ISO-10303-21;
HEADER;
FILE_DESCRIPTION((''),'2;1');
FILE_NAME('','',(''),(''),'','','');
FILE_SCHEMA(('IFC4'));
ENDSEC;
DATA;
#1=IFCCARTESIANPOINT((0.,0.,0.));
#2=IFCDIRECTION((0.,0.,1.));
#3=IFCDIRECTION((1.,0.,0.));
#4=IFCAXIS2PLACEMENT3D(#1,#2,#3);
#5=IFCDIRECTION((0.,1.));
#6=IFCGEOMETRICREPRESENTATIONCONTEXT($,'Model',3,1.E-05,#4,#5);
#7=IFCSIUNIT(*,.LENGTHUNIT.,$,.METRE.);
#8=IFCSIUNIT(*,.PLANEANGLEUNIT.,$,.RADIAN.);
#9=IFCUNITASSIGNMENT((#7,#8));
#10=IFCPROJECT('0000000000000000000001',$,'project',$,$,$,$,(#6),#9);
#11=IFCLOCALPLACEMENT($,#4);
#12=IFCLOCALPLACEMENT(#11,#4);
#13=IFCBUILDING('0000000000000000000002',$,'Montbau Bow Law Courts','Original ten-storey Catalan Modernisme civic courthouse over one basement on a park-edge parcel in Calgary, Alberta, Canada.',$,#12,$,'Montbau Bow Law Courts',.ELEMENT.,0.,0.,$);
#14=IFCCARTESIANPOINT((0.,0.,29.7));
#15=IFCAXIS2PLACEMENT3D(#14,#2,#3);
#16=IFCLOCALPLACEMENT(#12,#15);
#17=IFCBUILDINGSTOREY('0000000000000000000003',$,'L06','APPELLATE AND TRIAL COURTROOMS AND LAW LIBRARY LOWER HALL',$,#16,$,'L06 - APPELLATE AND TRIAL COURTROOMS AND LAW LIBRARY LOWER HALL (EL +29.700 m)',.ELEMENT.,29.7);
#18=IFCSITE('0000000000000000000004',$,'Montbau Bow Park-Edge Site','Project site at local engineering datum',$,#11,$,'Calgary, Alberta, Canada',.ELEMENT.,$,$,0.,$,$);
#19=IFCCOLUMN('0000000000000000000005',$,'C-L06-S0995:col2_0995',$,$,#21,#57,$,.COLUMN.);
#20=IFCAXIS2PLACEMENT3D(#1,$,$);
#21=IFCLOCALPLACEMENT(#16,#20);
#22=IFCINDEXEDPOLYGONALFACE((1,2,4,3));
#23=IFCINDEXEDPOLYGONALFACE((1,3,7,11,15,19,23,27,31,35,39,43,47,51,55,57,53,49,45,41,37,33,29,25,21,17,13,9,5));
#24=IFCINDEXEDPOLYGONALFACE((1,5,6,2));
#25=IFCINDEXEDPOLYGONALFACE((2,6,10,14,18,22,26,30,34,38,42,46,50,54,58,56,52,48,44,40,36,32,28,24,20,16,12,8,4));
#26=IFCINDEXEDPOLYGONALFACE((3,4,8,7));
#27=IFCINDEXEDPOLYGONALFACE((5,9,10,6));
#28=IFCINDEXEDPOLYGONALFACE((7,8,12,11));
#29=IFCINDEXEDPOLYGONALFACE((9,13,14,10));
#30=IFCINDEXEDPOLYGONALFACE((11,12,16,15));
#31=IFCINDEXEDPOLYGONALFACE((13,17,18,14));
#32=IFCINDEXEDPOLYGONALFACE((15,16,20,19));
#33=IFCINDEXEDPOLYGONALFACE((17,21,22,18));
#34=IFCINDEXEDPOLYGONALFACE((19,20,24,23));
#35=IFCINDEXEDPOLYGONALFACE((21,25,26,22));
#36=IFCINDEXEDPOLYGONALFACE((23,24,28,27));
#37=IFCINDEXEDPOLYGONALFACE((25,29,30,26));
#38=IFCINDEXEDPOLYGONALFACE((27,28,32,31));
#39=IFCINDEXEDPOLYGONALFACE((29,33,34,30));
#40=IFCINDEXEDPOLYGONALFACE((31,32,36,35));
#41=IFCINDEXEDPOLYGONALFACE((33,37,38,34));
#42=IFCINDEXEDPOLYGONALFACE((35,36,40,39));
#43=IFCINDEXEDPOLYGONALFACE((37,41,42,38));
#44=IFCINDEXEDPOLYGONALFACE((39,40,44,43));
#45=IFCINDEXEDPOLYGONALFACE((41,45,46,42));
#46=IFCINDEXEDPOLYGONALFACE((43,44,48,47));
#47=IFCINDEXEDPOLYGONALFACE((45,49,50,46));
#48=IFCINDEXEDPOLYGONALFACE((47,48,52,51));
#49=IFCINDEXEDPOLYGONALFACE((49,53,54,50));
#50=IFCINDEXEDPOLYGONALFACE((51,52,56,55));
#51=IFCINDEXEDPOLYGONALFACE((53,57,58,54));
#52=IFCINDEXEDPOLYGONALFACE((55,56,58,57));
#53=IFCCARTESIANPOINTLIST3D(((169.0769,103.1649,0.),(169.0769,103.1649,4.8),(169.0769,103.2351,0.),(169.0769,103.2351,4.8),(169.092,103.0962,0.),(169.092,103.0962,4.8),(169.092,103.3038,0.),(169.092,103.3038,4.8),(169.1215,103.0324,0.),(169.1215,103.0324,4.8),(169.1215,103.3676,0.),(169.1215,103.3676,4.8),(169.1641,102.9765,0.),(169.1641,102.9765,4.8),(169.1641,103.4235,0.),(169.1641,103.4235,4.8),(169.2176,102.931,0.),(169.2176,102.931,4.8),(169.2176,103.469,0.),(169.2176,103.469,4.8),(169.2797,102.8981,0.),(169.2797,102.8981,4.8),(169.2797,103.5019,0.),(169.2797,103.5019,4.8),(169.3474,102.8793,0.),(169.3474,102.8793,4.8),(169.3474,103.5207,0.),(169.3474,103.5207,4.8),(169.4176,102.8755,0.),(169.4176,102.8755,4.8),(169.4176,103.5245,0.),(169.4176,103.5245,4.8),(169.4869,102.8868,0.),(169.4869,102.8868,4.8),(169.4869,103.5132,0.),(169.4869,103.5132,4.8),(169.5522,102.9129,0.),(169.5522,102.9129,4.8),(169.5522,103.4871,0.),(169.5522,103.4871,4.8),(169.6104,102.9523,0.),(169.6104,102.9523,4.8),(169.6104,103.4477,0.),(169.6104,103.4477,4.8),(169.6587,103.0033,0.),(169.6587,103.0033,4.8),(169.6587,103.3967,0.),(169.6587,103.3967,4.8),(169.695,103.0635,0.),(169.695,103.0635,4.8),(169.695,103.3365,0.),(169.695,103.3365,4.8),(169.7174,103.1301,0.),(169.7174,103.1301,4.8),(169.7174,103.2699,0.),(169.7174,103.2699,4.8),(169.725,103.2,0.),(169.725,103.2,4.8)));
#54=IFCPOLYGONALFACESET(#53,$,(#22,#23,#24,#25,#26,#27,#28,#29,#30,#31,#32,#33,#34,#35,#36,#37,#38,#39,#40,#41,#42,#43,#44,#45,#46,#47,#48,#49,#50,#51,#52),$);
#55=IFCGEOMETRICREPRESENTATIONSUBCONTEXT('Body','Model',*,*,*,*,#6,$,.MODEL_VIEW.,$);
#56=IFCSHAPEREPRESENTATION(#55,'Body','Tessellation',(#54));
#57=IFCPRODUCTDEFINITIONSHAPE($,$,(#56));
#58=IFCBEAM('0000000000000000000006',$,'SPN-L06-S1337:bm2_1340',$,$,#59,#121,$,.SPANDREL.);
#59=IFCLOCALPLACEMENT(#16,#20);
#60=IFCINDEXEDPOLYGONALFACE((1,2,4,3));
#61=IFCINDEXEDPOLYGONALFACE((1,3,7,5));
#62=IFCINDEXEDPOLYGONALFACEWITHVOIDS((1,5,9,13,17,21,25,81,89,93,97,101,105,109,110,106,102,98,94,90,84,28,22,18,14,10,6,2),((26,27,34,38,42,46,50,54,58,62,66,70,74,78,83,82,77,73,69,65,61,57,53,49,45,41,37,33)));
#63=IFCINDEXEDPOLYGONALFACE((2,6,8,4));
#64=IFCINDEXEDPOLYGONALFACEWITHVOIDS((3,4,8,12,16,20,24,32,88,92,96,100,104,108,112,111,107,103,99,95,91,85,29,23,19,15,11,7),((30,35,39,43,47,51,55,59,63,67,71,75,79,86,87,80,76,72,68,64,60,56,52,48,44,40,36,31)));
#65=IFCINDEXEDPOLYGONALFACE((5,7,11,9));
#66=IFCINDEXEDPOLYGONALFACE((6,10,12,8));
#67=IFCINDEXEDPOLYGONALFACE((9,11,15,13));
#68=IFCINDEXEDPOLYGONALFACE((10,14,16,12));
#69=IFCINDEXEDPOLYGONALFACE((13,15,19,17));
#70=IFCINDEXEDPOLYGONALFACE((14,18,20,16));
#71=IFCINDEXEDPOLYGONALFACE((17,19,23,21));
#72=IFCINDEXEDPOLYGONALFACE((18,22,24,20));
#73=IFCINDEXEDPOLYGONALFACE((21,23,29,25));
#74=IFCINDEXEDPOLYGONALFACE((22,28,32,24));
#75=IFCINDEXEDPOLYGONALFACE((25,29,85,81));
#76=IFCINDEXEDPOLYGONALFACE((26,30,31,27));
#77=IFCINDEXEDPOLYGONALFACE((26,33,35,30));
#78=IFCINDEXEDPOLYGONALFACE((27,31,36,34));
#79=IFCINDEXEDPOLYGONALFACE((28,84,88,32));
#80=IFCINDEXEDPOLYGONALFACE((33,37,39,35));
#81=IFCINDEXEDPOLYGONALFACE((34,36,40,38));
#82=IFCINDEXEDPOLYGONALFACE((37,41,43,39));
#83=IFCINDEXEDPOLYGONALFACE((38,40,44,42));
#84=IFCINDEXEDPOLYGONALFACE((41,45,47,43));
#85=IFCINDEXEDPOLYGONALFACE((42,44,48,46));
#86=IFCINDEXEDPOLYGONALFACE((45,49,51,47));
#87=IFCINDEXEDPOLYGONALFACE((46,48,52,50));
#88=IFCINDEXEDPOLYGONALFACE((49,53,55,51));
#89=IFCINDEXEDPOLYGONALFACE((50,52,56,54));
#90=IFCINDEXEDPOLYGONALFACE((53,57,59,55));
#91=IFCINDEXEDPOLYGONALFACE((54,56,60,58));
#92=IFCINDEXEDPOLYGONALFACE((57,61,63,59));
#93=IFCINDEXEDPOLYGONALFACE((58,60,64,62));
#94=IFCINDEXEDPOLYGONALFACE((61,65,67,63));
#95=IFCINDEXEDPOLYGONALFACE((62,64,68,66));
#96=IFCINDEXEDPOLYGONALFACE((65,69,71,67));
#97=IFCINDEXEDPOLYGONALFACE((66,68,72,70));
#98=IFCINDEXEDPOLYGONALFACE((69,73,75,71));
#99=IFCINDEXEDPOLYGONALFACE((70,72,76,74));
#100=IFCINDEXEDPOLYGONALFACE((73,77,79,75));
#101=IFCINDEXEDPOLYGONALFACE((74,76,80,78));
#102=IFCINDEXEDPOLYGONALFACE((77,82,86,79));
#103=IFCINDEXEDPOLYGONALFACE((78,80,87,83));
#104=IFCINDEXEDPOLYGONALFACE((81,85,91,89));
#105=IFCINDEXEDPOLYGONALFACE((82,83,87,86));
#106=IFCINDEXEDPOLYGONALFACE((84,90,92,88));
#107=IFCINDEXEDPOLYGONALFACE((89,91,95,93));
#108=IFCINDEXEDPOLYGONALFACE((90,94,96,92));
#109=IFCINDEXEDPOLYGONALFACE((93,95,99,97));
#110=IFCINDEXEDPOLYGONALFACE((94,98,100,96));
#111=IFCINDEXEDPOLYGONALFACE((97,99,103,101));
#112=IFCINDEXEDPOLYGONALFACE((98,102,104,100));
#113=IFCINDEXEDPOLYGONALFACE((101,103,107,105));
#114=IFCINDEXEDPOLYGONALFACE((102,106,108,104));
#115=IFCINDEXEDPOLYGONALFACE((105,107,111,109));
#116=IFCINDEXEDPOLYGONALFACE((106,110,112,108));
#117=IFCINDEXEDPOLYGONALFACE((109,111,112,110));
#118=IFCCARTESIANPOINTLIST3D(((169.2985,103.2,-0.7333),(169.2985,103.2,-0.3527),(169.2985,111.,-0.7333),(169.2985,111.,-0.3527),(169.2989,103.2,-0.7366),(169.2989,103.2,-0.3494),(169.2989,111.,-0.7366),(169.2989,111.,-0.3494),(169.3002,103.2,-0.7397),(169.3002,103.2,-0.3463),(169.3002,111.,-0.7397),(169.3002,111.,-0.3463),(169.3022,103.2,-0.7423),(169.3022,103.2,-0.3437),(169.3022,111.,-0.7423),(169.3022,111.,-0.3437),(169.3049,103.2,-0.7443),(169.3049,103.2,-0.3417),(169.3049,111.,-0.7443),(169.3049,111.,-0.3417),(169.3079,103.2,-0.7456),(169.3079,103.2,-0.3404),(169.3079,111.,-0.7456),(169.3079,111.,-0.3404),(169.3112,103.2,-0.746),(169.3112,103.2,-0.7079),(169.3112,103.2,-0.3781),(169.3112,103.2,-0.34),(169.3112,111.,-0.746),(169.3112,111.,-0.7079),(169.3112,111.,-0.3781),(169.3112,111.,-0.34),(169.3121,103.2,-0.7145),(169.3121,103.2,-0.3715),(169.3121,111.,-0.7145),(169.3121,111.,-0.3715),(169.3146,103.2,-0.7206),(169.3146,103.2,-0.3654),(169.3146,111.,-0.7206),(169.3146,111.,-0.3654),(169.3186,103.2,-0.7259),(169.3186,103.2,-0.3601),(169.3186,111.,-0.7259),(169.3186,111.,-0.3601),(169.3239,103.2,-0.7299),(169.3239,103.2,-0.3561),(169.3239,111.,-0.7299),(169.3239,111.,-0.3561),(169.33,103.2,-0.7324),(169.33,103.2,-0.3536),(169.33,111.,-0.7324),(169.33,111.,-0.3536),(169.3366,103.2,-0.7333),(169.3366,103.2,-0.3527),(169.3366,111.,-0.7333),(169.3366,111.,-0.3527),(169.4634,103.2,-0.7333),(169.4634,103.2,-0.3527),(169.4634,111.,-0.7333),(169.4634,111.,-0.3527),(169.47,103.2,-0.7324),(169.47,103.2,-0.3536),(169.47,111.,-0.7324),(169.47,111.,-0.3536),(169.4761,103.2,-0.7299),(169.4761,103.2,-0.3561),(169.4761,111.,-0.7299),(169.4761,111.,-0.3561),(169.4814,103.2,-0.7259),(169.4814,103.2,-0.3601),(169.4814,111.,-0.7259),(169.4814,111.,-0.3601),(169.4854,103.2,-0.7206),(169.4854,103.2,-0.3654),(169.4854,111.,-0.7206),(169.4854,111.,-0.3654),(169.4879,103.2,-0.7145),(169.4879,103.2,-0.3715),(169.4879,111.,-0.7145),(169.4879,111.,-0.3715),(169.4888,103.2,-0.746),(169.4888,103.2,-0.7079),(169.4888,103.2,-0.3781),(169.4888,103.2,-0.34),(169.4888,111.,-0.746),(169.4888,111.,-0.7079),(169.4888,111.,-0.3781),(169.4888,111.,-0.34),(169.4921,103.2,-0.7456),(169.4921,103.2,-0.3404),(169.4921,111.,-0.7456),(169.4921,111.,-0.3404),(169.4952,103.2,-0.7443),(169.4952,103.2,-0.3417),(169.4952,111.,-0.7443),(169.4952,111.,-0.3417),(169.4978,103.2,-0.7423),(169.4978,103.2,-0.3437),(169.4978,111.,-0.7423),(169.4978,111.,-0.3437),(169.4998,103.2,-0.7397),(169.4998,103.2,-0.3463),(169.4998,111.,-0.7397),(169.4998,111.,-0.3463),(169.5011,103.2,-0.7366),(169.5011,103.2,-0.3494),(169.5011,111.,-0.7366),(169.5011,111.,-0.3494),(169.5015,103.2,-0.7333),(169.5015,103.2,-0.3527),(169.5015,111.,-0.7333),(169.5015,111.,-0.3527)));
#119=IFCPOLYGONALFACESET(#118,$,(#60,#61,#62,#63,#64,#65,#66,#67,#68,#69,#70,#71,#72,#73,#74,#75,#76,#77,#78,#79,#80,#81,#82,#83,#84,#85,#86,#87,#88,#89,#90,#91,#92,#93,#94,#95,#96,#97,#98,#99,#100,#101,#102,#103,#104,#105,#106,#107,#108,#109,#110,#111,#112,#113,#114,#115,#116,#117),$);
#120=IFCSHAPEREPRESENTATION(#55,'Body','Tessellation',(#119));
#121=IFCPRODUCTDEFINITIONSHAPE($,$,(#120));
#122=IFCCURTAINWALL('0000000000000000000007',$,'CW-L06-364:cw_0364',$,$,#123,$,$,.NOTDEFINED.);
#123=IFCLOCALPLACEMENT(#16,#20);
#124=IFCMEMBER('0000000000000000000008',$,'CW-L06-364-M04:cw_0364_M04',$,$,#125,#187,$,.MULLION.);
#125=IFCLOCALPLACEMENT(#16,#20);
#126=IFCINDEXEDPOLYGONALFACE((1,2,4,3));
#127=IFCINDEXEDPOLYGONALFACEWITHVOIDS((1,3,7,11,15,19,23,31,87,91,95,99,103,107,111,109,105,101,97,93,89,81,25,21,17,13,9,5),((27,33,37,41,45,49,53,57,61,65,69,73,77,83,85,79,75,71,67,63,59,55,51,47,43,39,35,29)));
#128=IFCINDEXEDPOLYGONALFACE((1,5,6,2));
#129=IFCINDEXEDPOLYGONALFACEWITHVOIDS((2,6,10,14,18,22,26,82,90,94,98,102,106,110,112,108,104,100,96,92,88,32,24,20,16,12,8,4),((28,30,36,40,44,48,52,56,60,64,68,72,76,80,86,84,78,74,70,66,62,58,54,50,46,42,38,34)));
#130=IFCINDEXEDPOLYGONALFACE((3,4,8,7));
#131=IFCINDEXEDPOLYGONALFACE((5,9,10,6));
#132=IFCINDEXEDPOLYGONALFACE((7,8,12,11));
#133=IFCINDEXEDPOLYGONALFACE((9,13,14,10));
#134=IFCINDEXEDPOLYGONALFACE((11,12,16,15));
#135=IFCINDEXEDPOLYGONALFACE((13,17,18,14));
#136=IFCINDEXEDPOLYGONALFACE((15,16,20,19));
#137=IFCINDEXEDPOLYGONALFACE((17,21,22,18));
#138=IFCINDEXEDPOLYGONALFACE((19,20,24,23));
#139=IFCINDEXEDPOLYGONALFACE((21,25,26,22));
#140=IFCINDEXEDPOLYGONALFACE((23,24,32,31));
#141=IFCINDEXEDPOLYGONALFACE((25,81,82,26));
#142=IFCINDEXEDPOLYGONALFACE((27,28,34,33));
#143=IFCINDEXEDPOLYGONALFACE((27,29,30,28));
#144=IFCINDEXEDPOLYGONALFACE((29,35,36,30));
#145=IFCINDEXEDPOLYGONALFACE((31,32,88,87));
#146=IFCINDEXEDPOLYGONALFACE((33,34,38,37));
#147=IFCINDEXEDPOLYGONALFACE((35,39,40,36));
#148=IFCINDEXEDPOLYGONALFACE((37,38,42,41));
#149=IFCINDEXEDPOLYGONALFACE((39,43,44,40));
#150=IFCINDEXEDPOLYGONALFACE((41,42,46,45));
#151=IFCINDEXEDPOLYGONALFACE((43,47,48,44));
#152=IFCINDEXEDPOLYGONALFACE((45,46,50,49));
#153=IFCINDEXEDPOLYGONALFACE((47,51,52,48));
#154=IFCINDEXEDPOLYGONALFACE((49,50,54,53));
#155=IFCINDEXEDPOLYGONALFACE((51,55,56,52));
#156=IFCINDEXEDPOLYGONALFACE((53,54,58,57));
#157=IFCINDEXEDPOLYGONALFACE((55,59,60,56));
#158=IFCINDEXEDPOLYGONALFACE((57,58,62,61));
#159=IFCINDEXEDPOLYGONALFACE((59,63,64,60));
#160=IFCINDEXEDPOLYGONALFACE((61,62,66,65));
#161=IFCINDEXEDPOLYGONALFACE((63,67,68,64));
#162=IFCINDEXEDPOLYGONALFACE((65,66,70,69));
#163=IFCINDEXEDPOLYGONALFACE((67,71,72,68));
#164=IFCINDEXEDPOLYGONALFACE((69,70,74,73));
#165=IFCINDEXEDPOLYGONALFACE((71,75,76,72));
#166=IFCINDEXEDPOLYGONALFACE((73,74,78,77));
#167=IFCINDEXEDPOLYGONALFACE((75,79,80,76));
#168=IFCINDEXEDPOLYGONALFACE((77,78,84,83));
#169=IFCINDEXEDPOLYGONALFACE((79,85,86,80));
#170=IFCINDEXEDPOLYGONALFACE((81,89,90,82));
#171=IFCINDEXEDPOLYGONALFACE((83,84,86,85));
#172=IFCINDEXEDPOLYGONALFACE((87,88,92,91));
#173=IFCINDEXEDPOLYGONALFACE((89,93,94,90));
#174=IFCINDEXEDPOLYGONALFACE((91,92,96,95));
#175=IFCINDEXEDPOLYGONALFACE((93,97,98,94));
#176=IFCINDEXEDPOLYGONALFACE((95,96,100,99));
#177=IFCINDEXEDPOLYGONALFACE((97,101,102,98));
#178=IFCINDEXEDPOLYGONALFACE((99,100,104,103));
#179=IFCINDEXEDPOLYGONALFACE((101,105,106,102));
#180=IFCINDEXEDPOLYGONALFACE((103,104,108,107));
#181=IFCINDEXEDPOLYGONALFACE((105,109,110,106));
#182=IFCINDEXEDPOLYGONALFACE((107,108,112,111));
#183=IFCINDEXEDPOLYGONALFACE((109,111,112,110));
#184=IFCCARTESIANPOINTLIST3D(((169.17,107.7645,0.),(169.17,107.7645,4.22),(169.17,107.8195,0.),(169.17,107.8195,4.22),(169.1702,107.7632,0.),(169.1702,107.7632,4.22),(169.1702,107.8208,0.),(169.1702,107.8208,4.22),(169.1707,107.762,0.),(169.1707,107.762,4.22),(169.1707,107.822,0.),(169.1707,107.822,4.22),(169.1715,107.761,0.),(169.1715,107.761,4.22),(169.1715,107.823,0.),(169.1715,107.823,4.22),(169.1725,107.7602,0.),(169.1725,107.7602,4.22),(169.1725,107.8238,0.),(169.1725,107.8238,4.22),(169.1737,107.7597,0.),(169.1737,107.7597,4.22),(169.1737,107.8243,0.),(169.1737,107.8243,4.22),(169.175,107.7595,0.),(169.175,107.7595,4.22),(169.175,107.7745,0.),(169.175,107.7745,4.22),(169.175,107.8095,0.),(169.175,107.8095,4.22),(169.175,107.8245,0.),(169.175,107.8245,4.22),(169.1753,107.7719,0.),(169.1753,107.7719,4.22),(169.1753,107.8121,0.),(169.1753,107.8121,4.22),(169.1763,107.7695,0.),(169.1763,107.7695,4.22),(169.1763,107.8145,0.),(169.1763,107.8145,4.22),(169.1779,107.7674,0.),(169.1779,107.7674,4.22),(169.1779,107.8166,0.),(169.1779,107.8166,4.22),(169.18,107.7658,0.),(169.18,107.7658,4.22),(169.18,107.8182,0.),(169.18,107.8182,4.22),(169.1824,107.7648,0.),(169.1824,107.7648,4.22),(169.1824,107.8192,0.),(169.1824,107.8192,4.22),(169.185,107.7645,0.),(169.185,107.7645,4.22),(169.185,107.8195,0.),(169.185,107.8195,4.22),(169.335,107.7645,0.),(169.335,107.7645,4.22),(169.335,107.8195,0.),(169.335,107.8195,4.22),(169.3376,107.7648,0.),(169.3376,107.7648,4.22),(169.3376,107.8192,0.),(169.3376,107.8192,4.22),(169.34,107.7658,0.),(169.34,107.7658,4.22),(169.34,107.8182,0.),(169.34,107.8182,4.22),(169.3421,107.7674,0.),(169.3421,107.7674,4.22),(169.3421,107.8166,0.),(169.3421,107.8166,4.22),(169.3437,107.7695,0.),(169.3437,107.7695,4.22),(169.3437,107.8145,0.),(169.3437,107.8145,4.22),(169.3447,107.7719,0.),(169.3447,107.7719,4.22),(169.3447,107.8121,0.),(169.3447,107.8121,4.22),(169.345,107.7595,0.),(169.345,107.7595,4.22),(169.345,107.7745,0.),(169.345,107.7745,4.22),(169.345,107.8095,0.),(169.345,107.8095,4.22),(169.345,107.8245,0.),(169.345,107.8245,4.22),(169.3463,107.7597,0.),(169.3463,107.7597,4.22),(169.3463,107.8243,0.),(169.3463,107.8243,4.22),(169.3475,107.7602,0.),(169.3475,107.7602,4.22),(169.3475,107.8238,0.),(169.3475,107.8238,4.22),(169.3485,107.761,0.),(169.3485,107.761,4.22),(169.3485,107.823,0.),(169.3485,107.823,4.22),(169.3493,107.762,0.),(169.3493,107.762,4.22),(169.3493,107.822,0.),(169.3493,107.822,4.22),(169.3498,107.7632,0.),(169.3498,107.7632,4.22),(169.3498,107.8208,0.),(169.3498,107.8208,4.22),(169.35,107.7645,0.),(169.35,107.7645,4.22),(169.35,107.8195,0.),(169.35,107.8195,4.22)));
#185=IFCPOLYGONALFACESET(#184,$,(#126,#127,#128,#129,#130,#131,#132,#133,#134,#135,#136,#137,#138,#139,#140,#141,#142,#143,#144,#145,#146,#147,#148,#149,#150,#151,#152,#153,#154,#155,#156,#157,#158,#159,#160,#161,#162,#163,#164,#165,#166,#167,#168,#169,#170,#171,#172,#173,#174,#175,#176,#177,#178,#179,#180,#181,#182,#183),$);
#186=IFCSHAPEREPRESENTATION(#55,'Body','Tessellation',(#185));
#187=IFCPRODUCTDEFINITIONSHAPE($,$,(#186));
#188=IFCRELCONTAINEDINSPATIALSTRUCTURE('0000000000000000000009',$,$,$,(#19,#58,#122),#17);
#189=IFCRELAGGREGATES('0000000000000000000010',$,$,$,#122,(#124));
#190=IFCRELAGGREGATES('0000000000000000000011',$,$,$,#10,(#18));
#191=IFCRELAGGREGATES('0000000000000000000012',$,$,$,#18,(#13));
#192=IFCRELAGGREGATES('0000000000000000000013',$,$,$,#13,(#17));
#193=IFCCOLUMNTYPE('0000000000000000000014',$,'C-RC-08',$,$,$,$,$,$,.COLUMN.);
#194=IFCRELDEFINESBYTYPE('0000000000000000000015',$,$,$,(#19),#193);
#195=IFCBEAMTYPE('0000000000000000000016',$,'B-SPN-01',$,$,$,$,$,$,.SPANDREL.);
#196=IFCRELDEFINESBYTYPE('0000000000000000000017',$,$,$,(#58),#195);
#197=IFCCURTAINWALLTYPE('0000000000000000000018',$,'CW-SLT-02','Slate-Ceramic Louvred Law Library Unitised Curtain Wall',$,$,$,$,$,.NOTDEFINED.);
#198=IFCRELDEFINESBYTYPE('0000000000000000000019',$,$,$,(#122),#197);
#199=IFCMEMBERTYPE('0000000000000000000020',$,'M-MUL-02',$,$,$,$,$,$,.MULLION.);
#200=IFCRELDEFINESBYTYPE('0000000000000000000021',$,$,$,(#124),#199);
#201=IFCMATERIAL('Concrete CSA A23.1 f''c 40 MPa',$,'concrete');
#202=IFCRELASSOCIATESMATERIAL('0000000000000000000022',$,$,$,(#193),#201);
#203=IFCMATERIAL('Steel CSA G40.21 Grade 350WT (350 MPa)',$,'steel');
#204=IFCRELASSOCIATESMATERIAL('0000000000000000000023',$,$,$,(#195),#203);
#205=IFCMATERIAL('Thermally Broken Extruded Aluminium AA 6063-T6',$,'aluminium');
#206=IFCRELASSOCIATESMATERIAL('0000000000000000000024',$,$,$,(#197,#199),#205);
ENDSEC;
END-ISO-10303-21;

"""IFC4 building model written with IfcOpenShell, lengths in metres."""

from ifc_helpers import new_model, si_unit, direction, frame, origin_with_axes, origin_2d_with_axis, place, context, subcontext, project, spatial, hollow_rectangle, circle, extrude, material, material_profile, profile_set, type_object, element, aggregate, save


model = new_model("IFC4")

# Units and contexts
model_context = context("Model", 3, precision=1e-05, world=origin_with_axes(), true_north=direction((0.0, 1.0)))
body_context = subcontext(model_context, "Body", "Model", "MODEL_VIEW")
ifc_project = project(units=[si_unit("LENGTHUNIT", "METRE"), si_unit("PLANEANGLEUNIT", "RADIAN")], contexts=[model_context])

# Site, building, storey
site_placement = place(None, origin_with_axes())
site = spatial("IfcSite", under=ifc_project, at=site_placement, Name="Montbau Bow Park-Edge Site", Description="Project site at local engineering datum", LongName="Calgary, Alberta, Canada", CompositionType="ELEMENT", RefElevation=0.0)
building_placement = place(site_placement, origin_with_axes())
building = spatial("IfcBuilding", under=site, at=building_placement, Name="Montbau Bow Law Courts", Description="Original ten-storey Catalan Modernisme civic courthouse over one basement on a park-edge parcel in Calgary, Alberta, Canada.", LongName="Montbau Bow Law Courts", CompositionType="ELEMENT", ElevationOfRefHeight=0.0, ElevationOfTerrain=0.0)
storey_placement = place(building_placement, frame((0.0, 0.0, 29.7), z_axis=(0.0, 0.0, 1.0), x_axis=(1.0, 0.0, 0.0)))
storey = spatial("IfcBuildingStorey", under=building, at=storey_placement, Name="L06", Description="APPELLATE AND TRIAL COURTROOMS AND LAW LIBRARY LOWER HALL", LongName="L06 - APPELLATE AND TRIAL COURTROOMS AND LAW LIBRARY LOWER HALL (EL +29.700 m)", CompositionType="ELEMENT", Elevation=29.7)

# Column
ifc_material_1 = material(Name="Concrete CSA A23.1 f'c 40 MPa", Category="concrete")
ifc_material_profile_1 = material_profile(ifc_material_1, circle(Radius=0.325, at=origin_2d_with_axis()), Name="RC650D", Category="Main", Priority=0)
ifc_profile_set_1 = profile_set([ifc_material_profile_1], Name="Concrete CSA A23.1 f'c 40 MPa")
column_type = type_object("IfcColumnType", Name="C-RC-08", PredefinedType="COLUMN", material=ifc_profile_set_1)
column_placement = place(None, frame((169.4, 103.2, 29.7), z_axis=(0.0, 0.0, 1.0), x_axis=(1.0, 0.0, 0.0)))
element("IfcColumn", 1, at=column_placement, inside=storey, type_object=column_type, Name="C-L06-S0995:col2_0995", PredefinedType="COLUMN", context=body_context, shape_type="SweptSolid", body=[
    extrude(circle(Radius=0.325, at=origin_2d_with_axis()), origin_with_axes(), (0.0, 0.0, 1.0), 4.8),
])

# Beam
ifc_material_2 = material(Name="Steel CSA G40.21 Grade 350WT (350 MPa)", Category="steel")
ifc_material_profile_2 = material_profile(ifc_material_2, hollow_rectangle(XDim=0.203, YDim=0.406, WallThickness=0.0127, InnerFilletRadius=0.0254, OuterFilletRadius=0.0127, at=origin_2d_with_axis()), Name="HSS406X203X13", Category="Main", Priority=0)
ifc_profile_set_2 = profile_set([ifc_material_profile_2], Name="Steel CSA G40.21 Grade 350WT (350 MPa)")
beam_type = type_object("IfcBeamType", Name="B-SPN-01", PredefinedType="SPANDREL", material=ifc_profile_set_2)
beam_placement = place(None, frame((169.4, 103.2, 29.157), z_axis=(0.0, 1.0, 0.0), x_axis=(-1.0, 0.0, 0.0)))
element("IfcBeam", 2, at=beam_placement, inside=storey, type_object=beam_type, Name="SPN-L06-S1337:bm2_1340", PredefinedType="SPANDREL", context=body_context, shape_type="SweptSolid", body=[
    extrude(hollow_rectangle(XDim=0.203, YDim=0.406, WallThickness=0.0127, InnerFilletRadius=0.0254, OuterFilletRadius=0.0127, at=origin_2d_with_axis()), origin_with_axes(), (0.0, 0.0, 1.0), 7.8),
])

# Curtain wall, member
ifc_material_3 = material(Name="Thermally Broken Extruded Aluminium AA 6063-T6", Category="aluminium")
curtain_wall_type = type_object("IfcCurtainWallType", Name="CW-SLT-02", Description="Slate-Ceramic Louvred Law Library Unitised Curtain Wall", PredefinedType="NOTDEFINED", material=ifc_material_3)
curtain_wall_placement = place(None, frame((169.26, 103.64, 29.7), z_axis=(0.0, 0.0, 1.0), x_axis=(1.0, 0.0, 0.0)))
curtain_wall = element("IfcCurtainWall", 3, at=curtain_wall_placement, inside=storey, type_object=curtain_wall_type, Name="CW-L06-364:cw_0364", PredefinedType="NOTDEFINED")
ifc_material_profile_3 = material_profile(ifc_material_3, hollow_rectangle(XDim=0.065, YDim=0.18, WallThickness=0.005, InnerFilletRadius=0.01, OuterFilletRadius=0.005, at=origin_2d_with_axis()), Name="CWM-180X65", Category="Main", Priority=0)
ifc_profile_set_3 = profile_set([ifc_material_profile_3], Name="Thermally Broken Extruded Aluminium AA 6063-T6")
member_type_1 = type_object("IfcMemberType", Name="M-MUL-02", PredefinedType="MULLION", material=ifc_profile_set_3)
member_1_placement = place(None, frame((169.26, 107.792, 29.7), z_axis=(0.0, 0.0, 1.0), x_axis=(0.0, 1.0, 0.0)))
member_1 = element("IfcMember", 4, at=member_1_placement, type_object=member_type_1, Name="CW-L06-364-M04:cw_0364_M04", PredefinedType="MULLION", context=body_context, shape_type="SweptSolid", body=[
    extrude(hollow_rectangle(XDim=0.065, YDim=0.18, WallThickness=0.005, InnerFilletRadius=0.01, OuterFilletRadius=0.005, at=origin_2d_with_axis()), origin_with_axes(), (0.0, 0.0, 1.0), 4.22),
])
aggregate(curtain_wall, [member_1])

save(model, "model.ifc")
